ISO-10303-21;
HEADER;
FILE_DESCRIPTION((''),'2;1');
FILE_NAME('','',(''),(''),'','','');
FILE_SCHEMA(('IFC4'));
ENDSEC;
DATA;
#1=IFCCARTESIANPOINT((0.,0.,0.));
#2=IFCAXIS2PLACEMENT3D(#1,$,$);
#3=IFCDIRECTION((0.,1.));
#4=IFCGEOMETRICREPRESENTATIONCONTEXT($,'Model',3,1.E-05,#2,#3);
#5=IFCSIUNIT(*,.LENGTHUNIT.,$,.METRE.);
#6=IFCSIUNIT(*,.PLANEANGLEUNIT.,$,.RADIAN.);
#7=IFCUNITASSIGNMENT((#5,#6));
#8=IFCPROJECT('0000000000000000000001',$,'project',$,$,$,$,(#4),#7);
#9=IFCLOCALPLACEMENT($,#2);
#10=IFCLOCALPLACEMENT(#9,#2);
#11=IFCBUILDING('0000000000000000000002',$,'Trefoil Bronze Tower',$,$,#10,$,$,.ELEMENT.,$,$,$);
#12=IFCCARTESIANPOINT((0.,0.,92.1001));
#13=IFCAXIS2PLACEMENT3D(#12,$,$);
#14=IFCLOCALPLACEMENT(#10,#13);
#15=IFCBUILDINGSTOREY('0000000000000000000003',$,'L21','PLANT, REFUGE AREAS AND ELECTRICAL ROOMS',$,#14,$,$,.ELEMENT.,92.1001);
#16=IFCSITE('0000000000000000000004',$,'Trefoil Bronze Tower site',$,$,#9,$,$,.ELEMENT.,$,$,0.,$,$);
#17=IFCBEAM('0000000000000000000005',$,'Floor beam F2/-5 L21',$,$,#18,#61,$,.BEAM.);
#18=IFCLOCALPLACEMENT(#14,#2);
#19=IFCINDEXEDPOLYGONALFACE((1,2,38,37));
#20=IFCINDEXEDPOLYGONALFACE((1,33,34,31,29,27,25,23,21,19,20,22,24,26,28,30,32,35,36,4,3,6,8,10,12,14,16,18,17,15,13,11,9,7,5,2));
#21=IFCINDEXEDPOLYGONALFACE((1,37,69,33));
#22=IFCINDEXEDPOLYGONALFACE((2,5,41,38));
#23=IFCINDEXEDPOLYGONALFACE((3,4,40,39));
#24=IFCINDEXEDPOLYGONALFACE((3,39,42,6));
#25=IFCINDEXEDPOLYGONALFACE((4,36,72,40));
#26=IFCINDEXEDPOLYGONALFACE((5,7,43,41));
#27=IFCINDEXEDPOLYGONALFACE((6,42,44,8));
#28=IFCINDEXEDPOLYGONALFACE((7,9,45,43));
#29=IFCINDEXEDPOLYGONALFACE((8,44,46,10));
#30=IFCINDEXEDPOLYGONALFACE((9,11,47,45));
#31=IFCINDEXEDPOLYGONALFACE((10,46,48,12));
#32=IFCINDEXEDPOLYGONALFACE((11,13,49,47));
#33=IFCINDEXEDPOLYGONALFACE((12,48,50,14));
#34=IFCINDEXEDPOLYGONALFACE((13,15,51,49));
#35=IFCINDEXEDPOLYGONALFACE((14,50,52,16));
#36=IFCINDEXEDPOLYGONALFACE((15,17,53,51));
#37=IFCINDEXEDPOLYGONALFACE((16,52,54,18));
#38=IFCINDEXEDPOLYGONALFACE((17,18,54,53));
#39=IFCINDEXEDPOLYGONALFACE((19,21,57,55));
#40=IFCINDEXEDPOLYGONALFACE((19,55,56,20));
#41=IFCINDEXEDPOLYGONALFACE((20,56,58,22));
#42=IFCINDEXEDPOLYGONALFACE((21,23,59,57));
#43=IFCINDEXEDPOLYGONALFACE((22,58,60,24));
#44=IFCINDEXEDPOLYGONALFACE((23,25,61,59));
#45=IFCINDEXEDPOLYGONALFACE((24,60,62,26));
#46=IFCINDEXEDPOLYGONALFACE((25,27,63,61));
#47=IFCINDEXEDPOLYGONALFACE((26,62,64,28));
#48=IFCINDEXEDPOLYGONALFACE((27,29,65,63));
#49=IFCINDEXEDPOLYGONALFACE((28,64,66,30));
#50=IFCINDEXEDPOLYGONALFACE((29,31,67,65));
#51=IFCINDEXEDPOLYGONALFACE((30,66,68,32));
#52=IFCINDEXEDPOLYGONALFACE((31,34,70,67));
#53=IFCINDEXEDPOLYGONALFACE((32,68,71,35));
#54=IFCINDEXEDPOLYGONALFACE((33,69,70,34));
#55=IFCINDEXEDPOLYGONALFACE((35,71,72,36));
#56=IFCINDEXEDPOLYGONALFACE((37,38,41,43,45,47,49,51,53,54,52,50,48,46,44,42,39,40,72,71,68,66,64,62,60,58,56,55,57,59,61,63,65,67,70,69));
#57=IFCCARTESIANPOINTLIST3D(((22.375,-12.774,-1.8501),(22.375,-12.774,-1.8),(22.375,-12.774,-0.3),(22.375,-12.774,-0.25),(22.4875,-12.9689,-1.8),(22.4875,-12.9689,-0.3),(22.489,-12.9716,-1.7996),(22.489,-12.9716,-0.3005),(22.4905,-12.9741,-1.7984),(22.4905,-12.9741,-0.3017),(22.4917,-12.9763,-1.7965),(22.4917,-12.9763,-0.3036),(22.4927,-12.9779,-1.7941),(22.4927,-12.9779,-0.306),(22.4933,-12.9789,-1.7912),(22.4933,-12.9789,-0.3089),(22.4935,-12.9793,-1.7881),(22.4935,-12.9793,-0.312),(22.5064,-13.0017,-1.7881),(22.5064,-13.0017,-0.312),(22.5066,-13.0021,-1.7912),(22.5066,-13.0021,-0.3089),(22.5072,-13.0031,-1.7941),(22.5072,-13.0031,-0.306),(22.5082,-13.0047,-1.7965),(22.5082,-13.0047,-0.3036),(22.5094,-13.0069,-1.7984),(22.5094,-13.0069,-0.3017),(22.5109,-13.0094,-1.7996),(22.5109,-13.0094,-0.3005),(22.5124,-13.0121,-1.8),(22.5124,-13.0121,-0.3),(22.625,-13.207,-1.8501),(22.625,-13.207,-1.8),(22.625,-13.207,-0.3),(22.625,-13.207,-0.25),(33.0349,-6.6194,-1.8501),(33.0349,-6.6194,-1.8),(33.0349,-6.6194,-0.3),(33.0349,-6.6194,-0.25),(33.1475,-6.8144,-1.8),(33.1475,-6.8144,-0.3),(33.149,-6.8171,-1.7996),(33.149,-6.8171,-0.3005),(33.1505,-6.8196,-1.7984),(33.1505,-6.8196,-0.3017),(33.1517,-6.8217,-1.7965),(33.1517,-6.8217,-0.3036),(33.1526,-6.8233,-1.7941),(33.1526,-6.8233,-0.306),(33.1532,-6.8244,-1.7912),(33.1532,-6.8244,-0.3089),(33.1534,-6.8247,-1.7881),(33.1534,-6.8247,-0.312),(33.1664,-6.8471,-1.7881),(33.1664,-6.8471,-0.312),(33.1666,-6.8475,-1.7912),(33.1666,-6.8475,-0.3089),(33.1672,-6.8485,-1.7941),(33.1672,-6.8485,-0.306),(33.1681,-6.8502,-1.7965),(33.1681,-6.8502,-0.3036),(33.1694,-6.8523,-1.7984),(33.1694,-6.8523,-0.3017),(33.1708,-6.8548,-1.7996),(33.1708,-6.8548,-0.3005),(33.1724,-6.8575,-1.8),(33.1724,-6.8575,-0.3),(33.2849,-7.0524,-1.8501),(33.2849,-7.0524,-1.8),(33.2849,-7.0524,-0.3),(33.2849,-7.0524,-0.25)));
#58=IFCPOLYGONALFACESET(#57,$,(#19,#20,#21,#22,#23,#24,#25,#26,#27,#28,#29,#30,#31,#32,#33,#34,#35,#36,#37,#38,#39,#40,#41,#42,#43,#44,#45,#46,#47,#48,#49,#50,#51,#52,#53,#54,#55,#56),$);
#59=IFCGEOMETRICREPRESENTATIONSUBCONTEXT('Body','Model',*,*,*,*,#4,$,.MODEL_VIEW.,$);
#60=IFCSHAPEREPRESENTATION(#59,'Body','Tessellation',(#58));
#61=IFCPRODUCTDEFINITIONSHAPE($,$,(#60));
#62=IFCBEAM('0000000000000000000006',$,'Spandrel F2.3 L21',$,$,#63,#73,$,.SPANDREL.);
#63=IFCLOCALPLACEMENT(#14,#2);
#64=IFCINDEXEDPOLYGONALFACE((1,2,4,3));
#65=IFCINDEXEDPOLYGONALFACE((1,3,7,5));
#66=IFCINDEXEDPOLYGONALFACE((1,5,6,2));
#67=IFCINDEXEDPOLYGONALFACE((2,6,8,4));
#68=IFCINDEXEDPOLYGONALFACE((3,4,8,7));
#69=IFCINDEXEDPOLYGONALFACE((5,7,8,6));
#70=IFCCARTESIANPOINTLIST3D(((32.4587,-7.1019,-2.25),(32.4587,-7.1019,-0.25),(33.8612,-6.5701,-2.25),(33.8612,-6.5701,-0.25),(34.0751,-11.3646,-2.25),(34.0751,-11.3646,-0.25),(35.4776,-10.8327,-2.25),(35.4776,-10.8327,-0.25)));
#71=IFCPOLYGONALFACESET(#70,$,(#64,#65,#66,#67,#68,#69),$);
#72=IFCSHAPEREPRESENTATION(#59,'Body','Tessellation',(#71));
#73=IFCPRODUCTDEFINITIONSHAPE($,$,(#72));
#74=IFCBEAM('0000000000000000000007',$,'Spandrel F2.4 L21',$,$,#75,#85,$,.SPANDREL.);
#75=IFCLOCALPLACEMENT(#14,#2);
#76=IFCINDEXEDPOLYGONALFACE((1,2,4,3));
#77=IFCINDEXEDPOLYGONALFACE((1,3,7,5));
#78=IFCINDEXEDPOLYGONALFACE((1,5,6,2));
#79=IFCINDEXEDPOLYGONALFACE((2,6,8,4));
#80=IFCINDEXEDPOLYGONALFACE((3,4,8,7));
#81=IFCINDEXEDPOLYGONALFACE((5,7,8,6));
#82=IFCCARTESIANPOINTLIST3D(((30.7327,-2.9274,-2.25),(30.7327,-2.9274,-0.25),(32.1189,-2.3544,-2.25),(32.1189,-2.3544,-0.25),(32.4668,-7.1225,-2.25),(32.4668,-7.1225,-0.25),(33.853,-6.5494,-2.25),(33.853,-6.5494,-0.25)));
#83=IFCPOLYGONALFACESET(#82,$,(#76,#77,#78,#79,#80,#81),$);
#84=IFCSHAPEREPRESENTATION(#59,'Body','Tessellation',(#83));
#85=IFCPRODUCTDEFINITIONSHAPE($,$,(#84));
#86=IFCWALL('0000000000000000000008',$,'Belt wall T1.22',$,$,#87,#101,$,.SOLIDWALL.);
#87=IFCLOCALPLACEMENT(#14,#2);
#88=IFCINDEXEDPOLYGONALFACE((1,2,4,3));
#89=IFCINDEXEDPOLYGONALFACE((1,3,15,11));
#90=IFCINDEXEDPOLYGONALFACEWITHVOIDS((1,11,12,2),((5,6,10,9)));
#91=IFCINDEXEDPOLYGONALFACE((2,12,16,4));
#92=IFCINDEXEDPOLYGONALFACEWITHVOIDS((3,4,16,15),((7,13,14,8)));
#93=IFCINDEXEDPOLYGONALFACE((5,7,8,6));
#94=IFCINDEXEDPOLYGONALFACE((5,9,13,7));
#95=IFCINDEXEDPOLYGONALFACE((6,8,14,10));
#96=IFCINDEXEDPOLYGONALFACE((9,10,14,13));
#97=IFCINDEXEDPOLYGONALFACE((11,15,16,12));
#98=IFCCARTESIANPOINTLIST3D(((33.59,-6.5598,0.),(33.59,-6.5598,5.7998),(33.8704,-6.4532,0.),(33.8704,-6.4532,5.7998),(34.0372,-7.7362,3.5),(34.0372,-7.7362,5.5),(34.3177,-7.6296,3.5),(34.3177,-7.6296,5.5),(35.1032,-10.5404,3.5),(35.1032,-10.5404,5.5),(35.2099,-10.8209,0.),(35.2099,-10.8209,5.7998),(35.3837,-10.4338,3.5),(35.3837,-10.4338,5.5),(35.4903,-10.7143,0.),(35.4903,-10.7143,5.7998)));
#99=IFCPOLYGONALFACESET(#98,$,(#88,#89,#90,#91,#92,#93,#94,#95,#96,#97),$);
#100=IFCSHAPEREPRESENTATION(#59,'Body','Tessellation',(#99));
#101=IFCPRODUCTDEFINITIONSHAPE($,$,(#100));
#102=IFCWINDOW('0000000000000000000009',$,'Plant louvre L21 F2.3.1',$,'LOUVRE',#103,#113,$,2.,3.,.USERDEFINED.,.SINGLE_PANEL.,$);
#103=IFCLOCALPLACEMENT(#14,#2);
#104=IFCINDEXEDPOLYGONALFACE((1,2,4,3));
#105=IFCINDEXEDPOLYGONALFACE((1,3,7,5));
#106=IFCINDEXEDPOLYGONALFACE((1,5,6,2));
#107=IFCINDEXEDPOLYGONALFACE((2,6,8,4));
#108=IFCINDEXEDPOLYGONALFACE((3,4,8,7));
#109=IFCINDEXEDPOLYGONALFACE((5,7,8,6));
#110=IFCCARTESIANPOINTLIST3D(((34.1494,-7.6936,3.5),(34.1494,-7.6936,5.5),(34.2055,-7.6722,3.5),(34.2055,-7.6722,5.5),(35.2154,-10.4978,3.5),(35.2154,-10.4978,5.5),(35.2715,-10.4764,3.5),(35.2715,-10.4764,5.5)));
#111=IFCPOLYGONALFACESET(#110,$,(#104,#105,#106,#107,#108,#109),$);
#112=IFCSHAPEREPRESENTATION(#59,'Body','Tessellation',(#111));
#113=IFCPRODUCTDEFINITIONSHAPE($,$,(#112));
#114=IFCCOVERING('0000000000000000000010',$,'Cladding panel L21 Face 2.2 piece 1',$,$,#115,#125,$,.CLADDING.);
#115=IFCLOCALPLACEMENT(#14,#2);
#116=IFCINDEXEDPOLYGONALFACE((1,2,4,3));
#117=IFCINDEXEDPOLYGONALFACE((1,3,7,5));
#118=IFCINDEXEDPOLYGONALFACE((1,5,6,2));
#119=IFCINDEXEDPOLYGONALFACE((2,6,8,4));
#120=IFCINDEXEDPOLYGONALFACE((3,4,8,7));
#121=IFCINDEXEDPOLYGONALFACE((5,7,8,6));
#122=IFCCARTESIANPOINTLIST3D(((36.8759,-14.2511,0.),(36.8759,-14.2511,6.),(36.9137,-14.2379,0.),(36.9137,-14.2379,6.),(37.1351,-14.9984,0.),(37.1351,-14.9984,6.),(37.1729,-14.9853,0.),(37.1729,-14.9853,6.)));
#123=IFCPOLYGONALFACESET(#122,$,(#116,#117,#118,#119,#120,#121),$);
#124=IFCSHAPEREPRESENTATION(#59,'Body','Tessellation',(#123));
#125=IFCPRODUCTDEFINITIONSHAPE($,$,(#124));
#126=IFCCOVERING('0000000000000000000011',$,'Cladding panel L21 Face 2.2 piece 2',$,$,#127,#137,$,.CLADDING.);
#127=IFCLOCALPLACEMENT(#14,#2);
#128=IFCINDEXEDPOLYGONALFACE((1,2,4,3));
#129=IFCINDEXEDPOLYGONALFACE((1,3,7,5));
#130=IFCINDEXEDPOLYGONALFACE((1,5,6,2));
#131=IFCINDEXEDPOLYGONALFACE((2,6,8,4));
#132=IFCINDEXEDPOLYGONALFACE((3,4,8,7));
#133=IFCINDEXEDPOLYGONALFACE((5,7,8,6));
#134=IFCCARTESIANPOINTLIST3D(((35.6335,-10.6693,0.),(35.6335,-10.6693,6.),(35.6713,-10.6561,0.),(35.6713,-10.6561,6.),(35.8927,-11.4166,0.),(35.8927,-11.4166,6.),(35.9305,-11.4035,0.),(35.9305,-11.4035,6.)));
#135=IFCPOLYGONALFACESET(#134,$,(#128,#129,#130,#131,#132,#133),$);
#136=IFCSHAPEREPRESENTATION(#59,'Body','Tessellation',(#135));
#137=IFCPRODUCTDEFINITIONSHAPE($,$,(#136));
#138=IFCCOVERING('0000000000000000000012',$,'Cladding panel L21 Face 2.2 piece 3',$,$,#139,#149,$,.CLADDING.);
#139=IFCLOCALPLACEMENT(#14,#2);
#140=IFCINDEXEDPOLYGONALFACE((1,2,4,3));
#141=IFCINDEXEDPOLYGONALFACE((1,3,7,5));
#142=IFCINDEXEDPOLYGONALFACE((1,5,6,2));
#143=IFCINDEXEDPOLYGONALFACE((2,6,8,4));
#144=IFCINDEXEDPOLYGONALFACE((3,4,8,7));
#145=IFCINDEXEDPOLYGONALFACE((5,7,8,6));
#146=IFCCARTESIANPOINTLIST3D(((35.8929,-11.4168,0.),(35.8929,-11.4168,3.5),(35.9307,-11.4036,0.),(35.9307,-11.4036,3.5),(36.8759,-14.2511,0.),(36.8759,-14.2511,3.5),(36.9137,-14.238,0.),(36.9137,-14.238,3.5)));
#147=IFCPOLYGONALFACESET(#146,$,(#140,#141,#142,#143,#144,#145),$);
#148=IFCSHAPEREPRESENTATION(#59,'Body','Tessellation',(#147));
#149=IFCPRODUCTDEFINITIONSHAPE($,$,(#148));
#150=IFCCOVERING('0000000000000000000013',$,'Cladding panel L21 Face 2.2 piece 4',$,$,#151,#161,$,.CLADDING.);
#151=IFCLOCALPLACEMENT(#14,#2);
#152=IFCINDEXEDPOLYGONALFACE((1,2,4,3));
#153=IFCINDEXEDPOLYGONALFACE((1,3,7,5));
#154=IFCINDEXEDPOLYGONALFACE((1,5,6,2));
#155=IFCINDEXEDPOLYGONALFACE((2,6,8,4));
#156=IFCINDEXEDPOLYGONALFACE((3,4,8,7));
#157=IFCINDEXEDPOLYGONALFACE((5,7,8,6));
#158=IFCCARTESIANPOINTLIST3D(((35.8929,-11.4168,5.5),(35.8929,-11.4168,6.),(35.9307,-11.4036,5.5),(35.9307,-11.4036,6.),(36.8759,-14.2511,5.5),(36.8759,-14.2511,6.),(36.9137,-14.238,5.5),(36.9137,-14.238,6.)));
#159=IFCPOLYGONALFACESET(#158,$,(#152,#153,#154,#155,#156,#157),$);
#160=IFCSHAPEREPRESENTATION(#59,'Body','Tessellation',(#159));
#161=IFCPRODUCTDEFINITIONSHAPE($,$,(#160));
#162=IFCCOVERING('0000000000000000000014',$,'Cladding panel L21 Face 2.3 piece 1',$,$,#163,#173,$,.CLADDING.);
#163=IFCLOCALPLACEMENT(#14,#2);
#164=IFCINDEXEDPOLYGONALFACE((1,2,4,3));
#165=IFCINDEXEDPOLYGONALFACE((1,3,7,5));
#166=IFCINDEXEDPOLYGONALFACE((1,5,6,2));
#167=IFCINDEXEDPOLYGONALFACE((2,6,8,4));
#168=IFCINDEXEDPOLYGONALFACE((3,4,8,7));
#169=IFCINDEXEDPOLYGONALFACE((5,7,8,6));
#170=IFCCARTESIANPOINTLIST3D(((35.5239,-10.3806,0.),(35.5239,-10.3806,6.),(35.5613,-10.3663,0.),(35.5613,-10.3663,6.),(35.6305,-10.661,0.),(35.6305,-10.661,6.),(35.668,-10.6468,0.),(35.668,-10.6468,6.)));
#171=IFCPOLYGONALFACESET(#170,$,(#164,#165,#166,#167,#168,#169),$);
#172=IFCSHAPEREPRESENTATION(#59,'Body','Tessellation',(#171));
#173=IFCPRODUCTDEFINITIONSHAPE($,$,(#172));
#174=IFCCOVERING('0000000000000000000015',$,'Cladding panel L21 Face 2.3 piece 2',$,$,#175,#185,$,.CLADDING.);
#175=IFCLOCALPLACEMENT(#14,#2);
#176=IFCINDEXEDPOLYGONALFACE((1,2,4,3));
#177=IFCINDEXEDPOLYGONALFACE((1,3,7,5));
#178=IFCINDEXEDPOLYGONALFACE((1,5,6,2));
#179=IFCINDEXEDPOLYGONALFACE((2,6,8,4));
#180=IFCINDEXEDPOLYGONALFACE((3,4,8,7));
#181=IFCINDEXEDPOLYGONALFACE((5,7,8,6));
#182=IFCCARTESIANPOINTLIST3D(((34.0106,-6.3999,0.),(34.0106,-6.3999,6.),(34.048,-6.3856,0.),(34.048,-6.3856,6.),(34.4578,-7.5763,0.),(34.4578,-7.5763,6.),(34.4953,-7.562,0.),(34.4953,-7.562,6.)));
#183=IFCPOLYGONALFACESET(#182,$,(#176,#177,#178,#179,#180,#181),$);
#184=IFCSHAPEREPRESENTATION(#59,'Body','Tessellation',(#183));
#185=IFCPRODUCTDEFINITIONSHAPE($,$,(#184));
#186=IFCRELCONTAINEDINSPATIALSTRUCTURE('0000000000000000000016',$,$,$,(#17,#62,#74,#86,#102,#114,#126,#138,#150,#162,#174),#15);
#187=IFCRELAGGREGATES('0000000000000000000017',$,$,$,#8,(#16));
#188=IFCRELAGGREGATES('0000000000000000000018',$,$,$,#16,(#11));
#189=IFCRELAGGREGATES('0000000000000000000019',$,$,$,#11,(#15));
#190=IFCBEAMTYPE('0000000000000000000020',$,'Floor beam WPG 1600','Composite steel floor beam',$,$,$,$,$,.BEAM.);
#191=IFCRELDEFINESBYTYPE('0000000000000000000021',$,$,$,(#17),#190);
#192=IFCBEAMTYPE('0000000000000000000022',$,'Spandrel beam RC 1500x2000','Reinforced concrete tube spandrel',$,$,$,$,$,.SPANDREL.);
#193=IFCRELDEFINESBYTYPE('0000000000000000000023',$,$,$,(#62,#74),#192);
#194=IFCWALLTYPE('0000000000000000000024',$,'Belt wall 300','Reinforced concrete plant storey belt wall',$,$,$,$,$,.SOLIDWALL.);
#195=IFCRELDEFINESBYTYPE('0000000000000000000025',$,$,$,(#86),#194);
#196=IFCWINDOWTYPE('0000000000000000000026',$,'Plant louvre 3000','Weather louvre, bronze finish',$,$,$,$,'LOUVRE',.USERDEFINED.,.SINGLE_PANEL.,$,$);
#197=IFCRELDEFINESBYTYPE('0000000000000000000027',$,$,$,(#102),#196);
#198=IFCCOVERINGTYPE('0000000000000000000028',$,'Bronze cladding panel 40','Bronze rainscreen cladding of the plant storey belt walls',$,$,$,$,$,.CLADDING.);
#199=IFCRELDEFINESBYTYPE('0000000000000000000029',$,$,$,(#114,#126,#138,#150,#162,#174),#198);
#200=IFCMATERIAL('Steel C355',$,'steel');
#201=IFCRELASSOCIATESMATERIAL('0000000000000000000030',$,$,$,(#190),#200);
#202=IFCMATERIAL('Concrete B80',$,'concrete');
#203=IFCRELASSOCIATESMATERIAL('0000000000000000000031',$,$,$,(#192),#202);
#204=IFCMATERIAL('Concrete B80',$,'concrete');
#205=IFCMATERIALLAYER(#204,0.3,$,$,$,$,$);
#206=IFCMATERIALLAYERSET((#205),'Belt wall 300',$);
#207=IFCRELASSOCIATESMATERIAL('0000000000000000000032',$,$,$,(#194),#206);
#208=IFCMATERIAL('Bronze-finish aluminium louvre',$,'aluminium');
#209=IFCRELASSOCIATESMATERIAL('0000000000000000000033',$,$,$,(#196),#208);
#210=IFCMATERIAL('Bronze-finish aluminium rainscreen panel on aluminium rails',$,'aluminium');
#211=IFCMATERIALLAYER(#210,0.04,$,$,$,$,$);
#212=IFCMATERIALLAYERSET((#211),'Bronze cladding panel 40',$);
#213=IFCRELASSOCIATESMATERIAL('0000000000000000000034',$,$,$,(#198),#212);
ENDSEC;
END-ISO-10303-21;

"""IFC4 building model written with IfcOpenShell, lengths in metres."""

from ifc_helpers import new_model, si_unit, direction, frame, frame_2d, origin, origin_2d, place, context, subcontext, project, spatial, rectangle, i_section, extrude, material, layer, layer_set, material_profile, profile_set, type_object, element, fill, save


model = new_model("IFC4")

# Units and contexts
model_context = context("Model", 3, precision=1e-05, world=origin(), true_north=direction((0.0, 1.0)))
body_context = subcontext(model_context, "Body", "Model", "MODEL_VIEW")
ifc_project = project(units=[si_unit("LENGTHUNIT", "METRE"), si_unit("PLANEANGLEUNIT", "RADIAN")], contexts=[model_context])

# Site, building, storey
site_placement = place(None, origin())
site = spatial("IfcSite", under=ifc_project, at=site_placement, Name="Trefoil Bronze Tower site", CompositionType="ELEMENT", RefElevation=0.0)
building_placement = place(site_placement, origin())
building = spatial("IfcBuilding", under=site, at=building_placement, Name="Trefoil Bronze Tower", CompositionType="ELEMENT")
storey_placement = place(building_placement, frame((0.0, 0.0, 92.1001)))
storey = spatial("IfcBuildingStorey", under=building, at=storey_placement, Name="L21", Description="PLANT, REFUGE AREAS AND ELECTRICAL ROOMS", CompositionType="ELEMENT", Elevation=92.1001)

# Beams
ifc_material_1 = material(Name="Steel C355", Category="steel")
ifc_material_profile_1 = material_profile(ifc_material_1, i_section(OverallWidth=0.5, OverallDepth=1.6001, WebThickness=0.0259, FlangeThickness=0.05, FilletRadius=0.012, at=origin_2d()), Name="WPG 1600")
ifc_profile_set_1 = profile_set([ifc_material_profile_1], Name="Steel C355")
beam_type_1 = type_object("IfcBeamType", Name="Floor beam WPG 1600", Description="Composite steel floor beam", PredefinedType="BEAM", material=ifc_profile_set_1)
beam_1_placement = place(storey_placement, frame((33.1599, -6.8359, -1.05), z_axis=(-0.866024, -0.500002, 0.0), x_axis=(0.500002, -0.866024, 0.0)))
element("IfcBeam", 1, at=beam_1_placement, inside=storey, type_object=beam_type_1, Name="Floor beam F2/-5 L21", PredefinedType="BEAM", context=body_context, shape_type="SweptSolid", body=[
    extrude(i_section(OverallWidth=0.5, OverallDepth=1.6001, WebThickness=0.0259, FlangeThickness=0.05, FilletRadius=0.012, at=origin_2d()), origin(), (0.0, 0.0, 1.0), 12.3091),
])
ifc_material_2 = material(Name="Concrete B80", Category="concrete")
ifc_material_profile_2 = material_profile(ifc_material_2, rectangle(XDim=1.5, YDim=2.0, at=origin_2d()), Name="RC 1500x2000")
ifc_profile_set_2 = profile_set([ifc_material_profile_2], Name="Concrete B80")
beam_type_2 = type_object("IfcBeamType", Name="Spandrel beam RC 1500x2000", Description="Reinforced concrete tube spandrel", PredefinedType="SPANDREL", material=ifc_profile_set_2)
beam_2_placement = place(storey_placement, frame((34.7764, -11.0986, -1.25), z_axis=(-0.354572, 0.935029, 0.0), x_axis=(-0.935029, -0.354572, 0.0)))
element("IfcBeam", 2, at=beam_2_placement, inside=storey, type_object=beam_type_2, Name="Spandrel F2.3 L21", PredefinedType="SPANDREL", context=body_context, shape_type="SweptSolid", body=[
    extrude(rectangle(XDim=1.5, YDim=2.0, at=origin_2d()), origin(), (0.0, 0.0, 1.0), 4.5588),
])
beam_3_placement = place(storey_placement, frame((33.1599, -6.8359, -1.25), z_axis=(-0.382021, 0.924154, 0.0), x_axis=(-0.924154, -0.382021, 0.0)))
element("IfcBeam", 3, at=beam_3_placement, inside=storey, type_object=beam_type_2, Name="Spandrel F2.4 L21", PredefinedType="SPANDREL", context=body_context, shape_type="SweptSolid", body=[
    extrude(rectangle(XDim=1.5, YDim=2.0, at=origin_2d()), origin(), (0.0, 0.0, 1.0), 4.5393),
])

# Wall, opening, window
ifc_material_3 = material(Name="Concrete B80", Category="concrete")
ifc_layer_1 = layer(ifc_material_3, 0.3)
ifc_layer_set_1 = layer_set([ifc_layer_1], Name="Belt wall 300")
wall_type = type_object("IfcWallType", Name="Belt wall 300", Description="Reinforced concrete plant storey belt wall", PredefinedType="SOLIDWALL", material=ifc_layer_set_1)
wall_placement = place(storey_placement, frame((35.3501, -10.7676, 0.0), z_axis=(0.0, 0.0, 1.0), x_axis=(-0.355352, 0.934733, 0.0)))
wall = element("IfcWall", 4, at=wall_placement, inside=storey, type_object=wall_type, Name="Belt wall T1.22", PredefinedType="SOLIDWALL", context=body_context, shape_type="SweptSolid", body=[
    extrude(rectangle(XDim=4.5586, YDim=0.3, at=frame_2d((2.2793, 0.0))), origin(), (0.0, 0.0, 1.0), 5.7998),
])
opening_placement = place(wall_placement, frame((0.3, 0.0, 3.5)))
opening = element("IfcOpeningElement", 5, at=opening_placement, cuts=wall, PredefinedType="OPENING", context=body_context, shape_type="SweptSolid", body=[
    extrude(rectangle(XDim=3.0, YDim=2.0, at=frame_2d((1.5, 1.0))), frame((0.0, 0.1599, 0.0), z_axis=(0.0, -1.0, 0.0), x_axis=(1.0, 0.0, 0.0)), (0.0, 0.0, 1.0), 0.3201),
])
ifc_material_4 = material(Name="Bronze-finish aluminium louvre", Category="aluminium")
window_type = type_object("IfcWindowType", Name="Plant louvre 3000", Description="Weather louvre, bronze finish", ElementType="LOUVRE", PartitioningType="SINGLE_PANEL", PredefinedType="USERDEFINED", material=ifc_material_4)
window_placement = place(opening_placement, origin())
window = element("IfcWindow", 6, at=window_placement, inside=storey, type_object=window_type, Name="Plant louvre L21 F2.3.1", ObjectType="LOUVRE", OverallHeight=2.0, OverallWidth=3.0, PartitioningType="SINGLE_PANEL", PredefinedType="USERDEFINED", context=body_context, shape_type="SweptSolid", body=[
    extrude(rectangle(XDim=3.0, YDim=2.0, at=frame_2d((1.5, 1.0))), frame((0.0, 0.03, 0.0), z_axis=(0.0, -1.0, 0.0), x_axis=(1.0, 0.0, 0.0)), (0.0, 0.0, 1.0), 0.0601),
])
fill(opening, window)

# Coverings
ifc_material_5 = material(Name="Bronze-finish aluminium rainscreen panel on aluminium rails", Category="aluminium")
ifc_layer_2 = layer(ifc_material_5, 0.04)
ifc_layer_set_2 = layer_set([ifc_layer_2], Name="Bronze cladding panel 40")
covering_type_1 = type_object("IfcCoveringType", Name="Bronze cladding panel 40", Description="Bronze rainscreen cladding of the plant storey belt walls", PredefinedType="CLADDING", material=ifc_layer_set_2)
for number, where, z_axis, x_axis, name in (
    (7, (37.0244, -14.6182, 0.0), (0.0, 0.0, 1.0), (-0.327674, 0.944791, 0.0), "Cladding panel L21 Face 2.2 piece 1"),
    (8, (35.782, -11.0364, 0.0), (0.0, 0.0, 1.0), (-0.327674, 0.944791, 0.0), "Cladding panel L21 Face 2.2 piece 2"),
):
    element("IfcCovering", number, at=place(storey_placement, frame(where, z_axis=z_axis, x_axis=x_axis)), inside=storey, type_object=covering_type_1, Name=name, PredefinedType="CLADDING", context=body_context, shape_type="SweptSolid", body=[
        extrude(rectangle(XDim=0.791, YDim=0.04, at=origin_2d()), origin(), (0.0, 0.0, 1.0), 6.0),
    ])
covering_1_placement = place(storey_placement, frame((36.4033, -12.8274, 0.0), z_axis=(0.0, 0.0, 1.0), x_axis=(-0.327674, 0.944791, 0.0)))
element("IfcCovering", 9, at=covering_1_placement, inside=storey, type_object=covering_type_1, Name="Cladding panel L21 Face 2.2 piece 3", PredefinedType="CLADDING", context=body_context, shape_type="SweptSolid", body=[
    extrude(rectangle(XDim=3.0, YDim=0.04, at=origin_2d()), origin(), (0.0, 0.0, 1.0), 3.5),
])
covering_2_placement = place(storey_placement, frame((36.4033, -12.8274, 5.5), z_axis=(0.0, 0.0, 1.0), x_axis=(-0.327674, 0.944791, 0.0)))
element("IfcCovering", 10, at=covering_2_placement, inside=storey, type_object=covering_type_1, Name="Cladding panel L21 Face 2.2 piece 4", PredefinedType="CLADDING", context=body_context, shape_type="SweptSolid", body=[
    extrude(rectangle(XDim=3.0, YDim=0.04, at=origin_2d()), origin(), (0.0, 0.0, 1.0), 0.5),
])
covering_3_placement = place(storey_placement, frame((35.5959, -10.5137, 0.0), z_axis=(0.0, 0.0, 1.0), x_axis=(-0.355371, 0.934725, 0.0)))
element("IfcCovering", 11, at=covering_3_placement, inside=storey, type_object=covering_type_1, Name="Cladding panel L21 Face 2.3 piece 1", PredefinedType="CLADDING", context=body_context, shape_type="SweptSolid", body=[
    extrude(rectangle(XDim=0.3, YDim=0.04, at=origin_2d()), origin(), (0.0, 0.0, 1.0), 6.0),
])
covering_4_placement = place(storey_placement, frame((34.2529, -6.981, 0.0), z_axis=(0.0, 0.0, 1.0), x_axis=(-0.355371, 0.934725, 0.0)))
element("IfcCovering", 12, at=covering_4_placement, inside=storey, type_object=covering_type_1, Name="Cladding panel L21 Face 2.3 piece 2", PredefinedType="CLADDING", context=body_context, shape_type="SweptSolid", body=[
    extrude(rectangle(XDim=1.2585, YDim=0.04, at=origin_2d()), origin(), (0.0, 0.0, 1.0), 6.0),
])

save(model, "model.ifc")
